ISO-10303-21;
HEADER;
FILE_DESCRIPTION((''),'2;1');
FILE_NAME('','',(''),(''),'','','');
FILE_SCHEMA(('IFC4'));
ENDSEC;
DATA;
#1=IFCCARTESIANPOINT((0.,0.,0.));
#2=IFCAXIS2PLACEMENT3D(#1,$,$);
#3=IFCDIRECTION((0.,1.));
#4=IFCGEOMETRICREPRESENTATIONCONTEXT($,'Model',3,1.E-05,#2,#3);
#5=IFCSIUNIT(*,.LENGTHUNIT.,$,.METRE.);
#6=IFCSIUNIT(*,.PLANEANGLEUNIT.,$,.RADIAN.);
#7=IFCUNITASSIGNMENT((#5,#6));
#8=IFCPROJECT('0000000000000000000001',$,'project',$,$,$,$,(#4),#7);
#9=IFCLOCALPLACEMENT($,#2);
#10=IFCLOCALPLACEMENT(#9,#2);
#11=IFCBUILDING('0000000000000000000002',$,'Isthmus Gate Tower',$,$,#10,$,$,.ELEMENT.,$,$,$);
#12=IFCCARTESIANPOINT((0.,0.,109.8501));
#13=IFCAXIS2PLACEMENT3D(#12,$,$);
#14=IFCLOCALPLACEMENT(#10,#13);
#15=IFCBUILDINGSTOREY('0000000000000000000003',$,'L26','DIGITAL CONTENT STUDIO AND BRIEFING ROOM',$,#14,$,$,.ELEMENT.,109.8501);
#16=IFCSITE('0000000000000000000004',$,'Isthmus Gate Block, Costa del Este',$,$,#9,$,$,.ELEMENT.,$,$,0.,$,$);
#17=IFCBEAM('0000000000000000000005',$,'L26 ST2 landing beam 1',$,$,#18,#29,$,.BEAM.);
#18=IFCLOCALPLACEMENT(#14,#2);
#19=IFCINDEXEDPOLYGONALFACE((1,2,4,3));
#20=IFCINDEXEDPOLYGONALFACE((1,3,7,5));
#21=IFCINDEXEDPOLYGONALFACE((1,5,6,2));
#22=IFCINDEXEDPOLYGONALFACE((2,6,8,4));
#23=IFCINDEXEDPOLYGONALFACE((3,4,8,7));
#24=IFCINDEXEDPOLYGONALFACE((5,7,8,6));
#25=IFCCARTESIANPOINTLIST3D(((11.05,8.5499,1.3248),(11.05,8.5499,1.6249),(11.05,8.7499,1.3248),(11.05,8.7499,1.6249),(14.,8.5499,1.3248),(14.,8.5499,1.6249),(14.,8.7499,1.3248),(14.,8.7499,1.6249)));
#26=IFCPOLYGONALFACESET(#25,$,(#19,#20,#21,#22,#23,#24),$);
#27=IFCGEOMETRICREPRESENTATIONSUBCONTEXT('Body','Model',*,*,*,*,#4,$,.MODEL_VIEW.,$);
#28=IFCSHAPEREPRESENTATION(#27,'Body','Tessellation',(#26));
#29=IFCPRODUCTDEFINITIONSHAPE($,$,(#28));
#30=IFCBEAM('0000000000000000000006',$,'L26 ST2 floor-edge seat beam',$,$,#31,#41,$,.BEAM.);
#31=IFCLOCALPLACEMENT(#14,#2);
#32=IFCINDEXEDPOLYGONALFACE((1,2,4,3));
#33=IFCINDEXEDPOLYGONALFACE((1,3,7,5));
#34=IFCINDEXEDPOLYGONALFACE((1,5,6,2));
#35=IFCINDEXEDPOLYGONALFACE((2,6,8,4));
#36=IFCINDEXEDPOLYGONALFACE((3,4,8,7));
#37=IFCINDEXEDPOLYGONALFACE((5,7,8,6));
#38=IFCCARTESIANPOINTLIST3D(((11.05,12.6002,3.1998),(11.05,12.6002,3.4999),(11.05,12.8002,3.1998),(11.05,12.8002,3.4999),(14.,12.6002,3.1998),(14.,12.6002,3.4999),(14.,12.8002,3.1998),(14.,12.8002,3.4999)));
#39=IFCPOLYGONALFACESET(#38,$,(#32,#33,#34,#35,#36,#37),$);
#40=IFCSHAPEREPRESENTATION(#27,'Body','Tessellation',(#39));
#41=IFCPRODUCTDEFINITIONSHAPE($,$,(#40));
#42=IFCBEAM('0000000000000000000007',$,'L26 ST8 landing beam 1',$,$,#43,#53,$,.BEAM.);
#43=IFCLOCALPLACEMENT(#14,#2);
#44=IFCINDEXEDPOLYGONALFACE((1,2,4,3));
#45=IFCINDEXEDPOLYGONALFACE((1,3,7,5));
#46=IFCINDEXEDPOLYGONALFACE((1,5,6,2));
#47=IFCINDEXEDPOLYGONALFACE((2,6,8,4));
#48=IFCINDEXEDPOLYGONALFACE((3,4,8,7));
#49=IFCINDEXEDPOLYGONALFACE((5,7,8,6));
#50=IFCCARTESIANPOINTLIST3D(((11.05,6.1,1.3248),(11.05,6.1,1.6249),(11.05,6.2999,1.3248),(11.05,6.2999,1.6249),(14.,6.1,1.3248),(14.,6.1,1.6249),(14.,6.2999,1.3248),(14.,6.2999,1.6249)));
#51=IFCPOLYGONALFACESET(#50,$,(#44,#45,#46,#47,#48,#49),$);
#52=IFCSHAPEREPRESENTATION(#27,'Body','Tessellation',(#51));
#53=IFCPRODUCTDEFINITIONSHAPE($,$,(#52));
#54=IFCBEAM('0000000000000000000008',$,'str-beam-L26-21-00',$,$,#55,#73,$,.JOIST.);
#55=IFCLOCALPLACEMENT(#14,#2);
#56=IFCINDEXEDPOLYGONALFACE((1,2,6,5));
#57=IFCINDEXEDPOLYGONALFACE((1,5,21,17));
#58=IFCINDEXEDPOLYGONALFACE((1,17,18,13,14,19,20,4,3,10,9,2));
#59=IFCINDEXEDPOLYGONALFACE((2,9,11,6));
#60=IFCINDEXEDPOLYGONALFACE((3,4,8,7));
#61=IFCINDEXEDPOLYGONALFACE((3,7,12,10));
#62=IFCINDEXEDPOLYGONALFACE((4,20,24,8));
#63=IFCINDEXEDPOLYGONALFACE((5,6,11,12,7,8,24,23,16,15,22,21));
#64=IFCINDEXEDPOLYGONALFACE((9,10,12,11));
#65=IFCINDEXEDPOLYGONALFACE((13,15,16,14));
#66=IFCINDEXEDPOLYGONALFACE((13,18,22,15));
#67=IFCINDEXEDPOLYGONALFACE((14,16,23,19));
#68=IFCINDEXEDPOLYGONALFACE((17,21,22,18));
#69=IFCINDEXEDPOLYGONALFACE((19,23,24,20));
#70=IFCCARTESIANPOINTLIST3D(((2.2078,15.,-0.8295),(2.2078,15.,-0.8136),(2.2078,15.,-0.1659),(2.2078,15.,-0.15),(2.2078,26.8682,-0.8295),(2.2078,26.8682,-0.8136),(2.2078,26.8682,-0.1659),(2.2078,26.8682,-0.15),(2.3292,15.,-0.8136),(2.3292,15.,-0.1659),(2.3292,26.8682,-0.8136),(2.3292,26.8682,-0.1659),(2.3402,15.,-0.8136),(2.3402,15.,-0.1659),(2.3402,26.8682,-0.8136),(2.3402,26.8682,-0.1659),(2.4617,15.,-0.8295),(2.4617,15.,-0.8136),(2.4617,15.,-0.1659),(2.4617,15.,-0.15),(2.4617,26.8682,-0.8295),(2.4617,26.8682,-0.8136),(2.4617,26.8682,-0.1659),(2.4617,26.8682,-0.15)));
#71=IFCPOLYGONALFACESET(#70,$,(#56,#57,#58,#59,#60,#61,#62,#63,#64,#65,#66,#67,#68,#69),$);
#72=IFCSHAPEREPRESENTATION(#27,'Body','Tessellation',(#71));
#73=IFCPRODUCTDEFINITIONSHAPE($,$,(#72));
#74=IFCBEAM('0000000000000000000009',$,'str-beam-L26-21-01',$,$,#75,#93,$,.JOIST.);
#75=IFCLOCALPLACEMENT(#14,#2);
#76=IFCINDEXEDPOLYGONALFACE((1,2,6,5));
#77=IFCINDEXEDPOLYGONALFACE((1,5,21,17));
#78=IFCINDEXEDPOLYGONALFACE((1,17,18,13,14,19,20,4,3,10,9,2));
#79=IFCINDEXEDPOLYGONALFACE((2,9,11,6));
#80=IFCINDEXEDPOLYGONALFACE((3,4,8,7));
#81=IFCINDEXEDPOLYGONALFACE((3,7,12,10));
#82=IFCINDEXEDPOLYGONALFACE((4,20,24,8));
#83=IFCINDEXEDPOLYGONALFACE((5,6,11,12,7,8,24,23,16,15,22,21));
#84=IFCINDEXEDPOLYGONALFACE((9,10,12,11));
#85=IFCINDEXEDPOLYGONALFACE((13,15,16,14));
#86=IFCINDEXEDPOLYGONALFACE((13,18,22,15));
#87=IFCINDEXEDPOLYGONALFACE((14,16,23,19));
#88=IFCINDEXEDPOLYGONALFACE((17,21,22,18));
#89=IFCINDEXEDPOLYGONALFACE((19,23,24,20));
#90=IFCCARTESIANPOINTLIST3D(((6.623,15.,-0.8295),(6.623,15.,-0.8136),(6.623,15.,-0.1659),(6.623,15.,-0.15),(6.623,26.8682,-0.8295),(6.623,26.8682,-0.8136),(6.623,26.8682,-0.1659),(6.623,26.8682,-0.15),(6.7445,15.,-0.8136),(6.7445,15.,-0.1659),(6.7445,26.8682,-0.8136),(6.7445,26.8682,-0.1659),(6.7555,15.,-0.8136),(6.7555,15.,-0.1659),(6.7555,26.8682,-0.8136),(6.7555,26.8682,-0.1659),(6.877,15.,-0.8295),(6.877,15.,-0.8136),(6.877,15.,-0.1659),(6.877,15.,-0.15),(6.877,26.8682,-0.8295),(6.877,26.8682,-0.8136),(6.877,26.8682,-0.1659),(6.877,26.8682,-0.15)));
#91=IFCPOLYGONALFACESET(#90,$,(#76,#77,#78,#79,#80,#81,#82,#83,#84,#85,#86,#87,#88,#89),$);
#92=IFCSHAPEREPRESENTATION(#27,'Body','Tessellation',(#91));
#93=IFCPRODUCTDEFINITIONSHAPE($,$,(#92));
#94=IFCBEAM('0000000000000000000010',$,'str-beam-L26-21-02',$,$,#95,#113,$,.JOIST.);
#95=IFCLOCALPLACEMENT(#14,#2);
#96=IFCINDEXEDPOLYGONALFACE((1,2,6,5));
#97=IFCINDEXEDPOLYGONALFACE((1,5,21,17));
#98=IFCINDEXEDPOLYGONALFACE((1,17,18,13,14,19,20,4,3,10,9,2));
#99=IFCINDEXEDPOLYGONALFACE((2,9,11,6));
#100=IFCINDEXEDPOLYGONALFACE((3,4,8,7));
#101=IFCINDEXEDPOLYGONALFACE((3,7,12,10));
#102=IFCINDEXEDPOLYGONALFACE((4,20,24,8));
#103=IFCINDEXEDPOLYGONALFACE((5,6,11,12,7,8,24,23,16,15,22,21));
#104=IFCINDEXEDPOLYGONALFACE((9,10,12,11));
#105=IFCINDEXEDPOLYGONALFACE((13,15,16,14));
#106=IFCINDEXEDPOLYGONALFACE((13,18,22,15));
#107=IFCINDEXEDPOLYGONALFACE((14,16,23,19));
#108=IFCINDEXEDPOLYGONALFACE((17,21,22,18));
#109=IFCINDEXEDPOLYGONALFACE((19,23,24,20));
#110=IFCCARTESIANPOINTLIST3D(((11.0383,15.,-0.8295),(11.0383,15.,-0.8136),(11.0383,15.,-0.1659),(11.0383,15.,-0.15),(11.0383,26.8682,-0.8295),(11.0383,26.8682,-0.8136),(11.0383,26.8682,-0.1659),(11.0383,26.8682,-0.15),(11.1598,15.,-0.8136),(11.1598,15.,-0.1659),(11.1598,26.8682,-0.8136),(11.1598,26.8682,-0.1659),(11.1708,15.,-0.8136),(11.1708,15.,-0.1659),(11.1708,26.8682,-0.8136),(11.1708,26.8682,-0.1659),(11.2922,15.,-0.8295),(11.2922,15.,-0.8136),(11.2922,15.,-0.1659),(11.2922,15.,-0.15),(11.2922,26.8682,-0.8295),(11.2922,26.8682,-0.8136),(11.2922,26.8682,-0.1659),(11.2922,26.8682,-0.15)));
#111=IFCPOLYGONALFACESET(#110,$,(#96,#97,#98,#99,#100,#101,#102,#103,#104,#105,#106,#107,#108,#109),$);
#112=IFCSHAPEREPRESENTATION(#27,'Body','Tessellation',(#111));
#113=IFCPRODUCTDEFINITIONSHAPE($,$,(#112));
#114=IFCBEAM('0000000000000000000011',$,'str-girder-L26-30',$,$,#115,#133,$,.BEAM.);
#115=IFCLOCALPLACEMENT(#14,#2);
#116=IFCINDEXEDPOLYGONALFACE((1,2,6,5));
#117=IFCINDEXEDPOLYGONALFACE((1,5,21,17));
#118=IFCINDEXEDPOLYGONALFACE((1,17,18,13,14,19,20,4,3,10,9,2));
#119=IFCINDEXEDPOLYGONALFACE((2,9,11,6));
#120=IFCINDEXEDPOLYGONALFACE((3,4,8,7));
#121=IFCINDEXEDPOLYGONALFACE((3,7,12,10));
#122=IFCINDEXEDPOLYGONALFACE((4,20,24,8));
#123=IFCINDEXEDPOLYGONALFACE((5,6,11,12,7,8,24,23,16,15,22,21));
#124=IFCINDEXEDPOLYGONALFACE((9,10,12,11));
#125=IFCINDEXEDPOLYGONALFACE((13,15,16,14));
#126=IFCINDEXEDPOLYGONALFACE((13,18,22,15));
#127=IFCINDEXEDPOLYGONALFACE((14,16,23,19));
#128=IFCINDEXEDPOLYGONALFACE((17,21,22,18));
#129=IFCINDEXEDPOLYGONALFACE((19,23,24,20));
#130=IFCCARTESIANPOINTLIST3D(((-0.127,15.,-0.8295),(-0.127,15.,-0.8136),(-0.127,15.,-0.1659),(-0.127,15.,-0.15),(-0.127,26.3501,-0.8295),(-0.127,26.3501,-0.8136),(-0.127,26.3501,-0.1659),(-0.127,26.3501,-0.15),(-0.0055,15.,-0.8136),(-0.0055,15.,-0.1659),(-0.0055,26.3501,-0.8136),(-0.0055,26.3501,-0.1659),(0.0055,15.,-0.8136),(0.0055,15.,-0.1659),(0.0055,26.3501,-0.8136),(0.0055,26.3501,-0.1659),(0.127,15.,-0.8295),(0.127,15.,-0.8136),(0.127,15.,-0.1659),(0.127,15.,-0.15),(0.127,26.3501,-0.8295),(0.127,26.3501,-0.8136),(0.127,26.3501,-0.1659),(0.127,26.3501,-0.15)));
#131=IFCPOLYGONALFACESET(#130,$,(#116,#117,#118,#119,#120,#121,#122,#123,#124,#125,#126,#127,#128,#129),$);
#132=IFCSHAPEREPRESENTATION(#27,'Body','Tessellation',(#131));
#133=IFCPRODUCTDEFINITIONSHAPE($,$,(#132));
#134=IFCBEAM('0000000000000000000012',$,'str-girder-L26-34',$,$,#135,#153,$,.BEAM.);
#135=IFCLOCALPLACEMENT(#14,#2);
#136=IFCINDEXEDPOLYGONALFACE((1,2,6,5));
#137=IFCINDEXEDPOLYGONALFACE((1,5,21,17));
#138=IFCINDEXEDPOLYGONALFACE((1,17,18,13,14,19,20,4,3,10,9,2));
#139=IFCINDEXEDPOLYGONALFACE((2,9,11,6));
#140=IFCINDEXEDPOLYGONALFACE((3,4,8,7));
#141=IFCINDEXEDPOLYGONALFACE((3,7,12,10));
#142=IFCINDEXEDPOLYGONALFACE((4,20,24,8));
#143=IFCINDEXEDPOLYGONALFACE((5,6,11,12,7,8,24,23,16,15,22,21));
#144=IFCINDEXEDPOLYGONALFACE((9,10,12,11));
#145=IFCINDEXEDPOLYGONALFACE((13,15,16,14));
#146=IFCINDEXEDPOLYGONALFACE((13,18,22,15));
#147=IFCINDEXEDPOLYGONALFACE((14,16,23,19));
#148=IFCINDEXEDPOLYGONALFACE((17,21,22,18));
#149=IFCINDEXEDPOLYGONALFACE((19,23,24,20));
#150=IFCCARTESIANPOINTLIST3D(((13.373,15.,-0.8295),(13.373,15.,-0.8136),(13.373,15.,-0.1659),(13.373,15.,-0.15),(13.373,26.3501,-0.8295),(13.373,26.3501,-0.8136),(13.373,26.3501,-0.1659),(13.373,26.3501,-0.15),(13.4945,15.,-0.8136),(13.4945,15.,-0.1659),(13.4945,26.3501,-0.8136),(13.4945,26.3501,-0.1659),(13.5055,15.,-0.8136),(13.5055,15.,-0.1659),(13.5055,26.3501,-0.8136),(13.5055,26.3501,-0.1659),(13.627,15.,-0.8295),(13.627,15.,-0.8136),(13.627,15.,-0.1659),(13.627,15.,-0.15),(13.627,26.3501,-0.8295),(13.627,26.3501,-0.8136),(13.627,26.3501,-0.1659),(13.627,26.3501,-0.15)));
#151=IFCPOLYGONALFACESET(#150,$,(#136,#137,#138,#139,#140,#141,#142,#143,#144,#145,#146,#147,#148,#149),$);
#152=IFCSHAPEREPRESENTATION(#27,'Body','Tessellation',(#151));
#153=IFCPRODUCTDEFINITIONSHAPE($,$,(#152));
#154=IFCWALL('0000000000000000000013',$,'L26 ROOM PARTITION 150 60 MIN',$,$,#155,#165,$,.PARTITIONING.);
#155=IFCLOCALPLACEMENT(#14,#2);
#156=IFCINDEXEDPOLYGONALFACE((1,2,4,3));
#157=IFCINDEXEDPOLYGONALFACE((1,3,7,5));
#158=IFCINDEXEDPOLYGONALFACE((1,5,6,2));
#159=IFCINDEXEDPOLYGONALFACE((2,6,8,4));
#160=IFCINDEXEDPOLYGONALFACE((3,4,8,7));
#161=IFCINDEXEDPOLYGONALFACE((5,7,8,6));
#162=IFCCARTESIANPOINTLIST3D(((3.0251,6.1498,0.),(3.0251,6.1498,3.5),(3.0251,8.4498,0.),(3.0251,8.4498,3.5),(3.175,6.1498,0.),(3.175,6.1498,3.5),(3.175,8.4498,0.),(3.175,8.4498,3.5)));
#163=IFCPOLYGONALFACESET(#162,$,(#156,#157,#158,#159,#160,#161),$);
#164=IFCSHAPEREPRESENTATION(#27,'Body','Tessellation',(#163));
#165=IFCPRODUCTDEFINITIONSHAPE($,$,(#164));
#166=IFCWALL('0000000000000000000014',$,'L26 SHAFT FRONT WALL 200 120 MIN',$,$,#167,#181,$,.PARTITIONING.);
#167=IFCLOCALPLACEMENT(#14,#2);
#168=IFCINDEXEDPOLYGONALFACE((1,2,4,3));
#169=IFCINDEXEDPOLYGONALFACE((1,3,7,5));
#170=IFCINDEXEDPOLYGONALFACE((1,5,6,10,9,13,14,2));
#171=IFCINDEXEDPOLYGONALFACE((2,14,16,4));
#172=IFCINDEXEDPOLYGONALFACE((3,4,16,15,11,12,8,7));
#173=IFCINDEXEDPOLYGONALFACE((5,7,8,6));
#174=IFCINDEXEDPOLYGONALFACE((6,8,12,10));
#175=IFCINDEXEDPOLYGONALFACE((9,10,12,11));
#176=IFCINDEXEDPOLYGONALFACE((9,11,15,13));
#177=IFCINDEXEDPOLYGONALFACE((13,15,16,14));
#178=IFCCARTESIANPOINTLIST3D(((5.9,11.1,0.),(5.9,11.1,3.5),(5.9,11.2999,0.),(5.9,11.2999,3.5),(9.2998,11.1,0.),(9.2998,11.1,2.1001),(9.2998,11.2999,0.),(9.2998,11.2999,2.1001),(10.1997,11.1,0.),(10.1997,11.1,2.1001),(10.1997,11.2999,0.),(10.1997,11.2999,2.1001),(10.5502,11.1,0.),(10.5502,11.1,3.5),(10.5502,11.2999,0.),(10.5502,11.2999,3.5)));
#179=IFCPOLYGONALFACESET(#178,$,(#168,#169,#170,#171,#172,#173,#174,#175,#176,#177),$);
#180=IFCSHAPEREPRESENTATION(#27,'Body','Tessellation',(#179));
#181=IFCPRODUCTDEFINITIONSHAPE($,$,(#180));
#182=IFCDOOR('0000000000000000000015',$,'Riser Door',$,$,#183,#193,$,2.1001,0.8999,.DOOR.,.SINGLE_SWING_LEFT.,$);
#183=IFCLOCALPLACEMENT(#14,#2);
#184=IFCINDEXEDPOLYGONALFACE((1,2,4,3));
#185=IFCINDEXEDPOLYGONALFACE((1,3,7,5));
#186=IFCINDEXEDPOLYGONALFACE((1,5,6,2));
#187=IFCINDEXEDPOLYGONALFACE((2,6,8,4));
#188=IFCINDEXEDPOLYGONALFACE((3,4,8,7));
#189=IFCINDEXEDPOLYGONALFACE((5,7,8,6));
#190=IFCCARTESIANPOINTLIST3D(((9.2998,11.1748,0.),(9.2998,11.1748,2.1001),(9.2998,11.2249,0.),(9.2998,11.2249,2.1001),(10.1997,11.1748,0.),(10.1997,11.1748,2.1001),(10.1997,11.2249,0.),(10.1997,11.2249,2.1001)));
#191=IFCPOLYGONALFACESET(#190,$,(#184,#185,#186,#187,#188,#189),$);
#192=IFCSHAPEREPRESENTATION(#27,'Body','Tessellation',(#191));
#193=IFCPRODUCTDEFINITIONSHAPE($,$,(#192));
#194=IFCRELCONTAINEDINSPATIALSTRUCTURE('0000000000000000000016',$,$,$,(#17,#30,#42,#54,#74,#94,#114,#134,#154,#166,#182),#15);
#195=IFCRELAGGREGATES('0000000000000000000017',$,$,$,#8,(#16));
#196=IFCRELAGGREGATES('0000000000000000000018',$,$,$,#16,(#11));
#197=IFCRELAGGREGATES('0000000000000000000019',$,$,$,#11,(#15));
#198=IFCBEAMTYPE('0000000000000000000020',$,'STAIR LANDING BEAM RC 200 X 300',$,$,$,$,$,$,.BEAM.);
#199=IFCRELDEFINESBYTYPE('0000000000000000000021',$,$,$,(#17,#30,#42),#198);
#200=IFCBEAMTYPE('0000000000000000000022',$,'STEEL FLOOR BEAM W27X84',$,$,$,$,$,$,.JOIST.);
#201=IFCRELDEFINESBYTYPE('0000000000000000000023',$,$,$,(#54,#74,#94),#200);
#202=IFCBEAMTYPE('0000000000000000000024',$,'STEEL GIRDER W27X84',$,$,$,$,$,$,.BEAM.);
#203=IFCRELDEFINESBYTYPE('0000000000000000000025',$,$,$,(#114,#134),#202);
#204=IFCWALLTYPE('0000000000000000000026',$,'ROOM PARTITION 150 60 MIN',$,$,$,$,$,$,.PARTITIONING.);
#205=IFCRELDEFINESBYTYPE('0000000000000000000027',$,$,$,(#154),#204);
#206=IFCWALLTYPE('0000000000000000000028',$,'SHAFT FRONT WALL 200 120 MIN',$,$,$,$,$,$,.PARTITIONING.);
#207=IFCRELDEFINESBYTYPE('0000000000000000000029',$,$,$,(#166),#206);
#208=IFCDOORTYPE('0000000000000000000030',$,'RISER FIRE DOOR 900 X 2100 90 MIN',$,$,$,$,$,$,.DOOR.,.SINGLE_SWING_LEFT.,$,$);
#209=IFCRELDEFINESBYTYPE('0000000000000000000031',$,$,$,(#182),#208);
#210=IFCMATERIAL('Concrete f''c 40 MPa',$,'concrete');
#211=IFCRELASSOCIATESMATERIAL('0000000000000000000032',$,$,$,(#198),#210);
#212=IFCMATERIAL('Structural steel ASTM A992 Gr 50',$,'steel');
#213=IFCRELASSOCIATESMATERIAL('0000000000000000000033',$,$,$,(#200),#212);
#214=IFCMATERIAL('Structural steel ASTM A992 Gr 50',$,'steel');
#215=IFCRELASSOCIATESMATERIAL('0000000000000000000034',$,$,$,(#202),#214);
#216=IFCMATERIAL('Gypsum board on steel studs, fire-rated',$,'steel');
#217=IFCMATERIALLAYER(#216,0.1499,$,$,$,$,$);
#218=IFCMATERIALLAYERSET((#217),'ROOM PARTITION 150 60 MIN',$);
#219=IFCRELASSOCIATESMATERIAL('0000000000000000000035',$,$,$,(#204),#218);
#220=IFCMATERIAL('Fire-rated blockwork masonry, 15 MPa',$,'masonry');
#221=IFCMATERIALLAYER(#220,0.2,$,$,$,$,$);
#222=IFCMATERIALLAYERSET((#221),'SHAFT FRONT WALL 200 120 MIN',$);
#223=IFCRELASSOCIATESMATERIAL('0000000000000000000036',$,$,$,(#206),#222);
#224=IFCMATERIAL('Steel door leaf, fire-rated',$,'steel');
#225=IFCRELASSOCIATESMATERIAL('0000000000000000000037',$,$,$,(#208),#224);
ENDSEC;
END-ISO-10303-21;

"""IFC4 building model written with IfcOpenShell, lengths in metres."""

from ifc_helpers import new_model, si_unit, direction, frame, frame_2d, origin, origin_2d, place, context, subcontext, project, spatial, rectangle, i_section, extrude, material, layer, layer_set, material_profile, profile_set, type_object, element, fill, save


model = new_model("IFC4")

# Units and contexts
model_context = context("Model", 3, precision=1e-05, world=origin(), true_north=direction((0.0, 1.0)))
body_context = subcontext(model_context, "Body", "Model", "MODEL_VIEW")
ifc_project = project(units=[si_unit("LENGTHUNIT", "METRE"), si_unit("PLANEANGLEUNIT", "RADIAN")], contexts=[model_context])

# Site, building, storey
site_placement = place(None, origin())
site = spatial("IfcSite", under=ifc_project, at=site_placement, Name="Isthmus Gate Block, Costa del Este", CompositionType="ELEMENT", RefElevation=0.0)
building_placement = place(site_placement, origin())
building = spatial("IfcBuilding", under=site, at=building_placement, Name="Isthmus Gate Tower", CompositionType="ELEMENT")
storey_placement = place(building_placement, frame((0.0, 0.0, 109.8501)))
storey = spatial("IfcBuildingStorey", under=building, at=storey_placement, Name="L26", Description="DIGITAL CONTENT STUDIO AND BRIEFING ROOM", CompositionType="ELEMENT", Elevation=109.8501)

# Beams
ifc_material_1 = material(Name="Concrete f'c 40 MPa", Category="concrete")
ifc_material_profile_1 = material_profile(ifc_material_1, rectangle(XDim=0.2, YDim=0.3, at=origin_2d()), Name="STAIR LANDING BEAM RC 200 X 300")
ifc_profile_set_1 = profile_set([ifc_material_profile_1], Name="Concrete f'c 40 MPa")
beam_type_1 = type_object("IfcBeamType", Name="STAIR LANDING BEAM RC 200 X 300", PredefinedType="BEAM", material=ifc_profile_set_1)
for number, where, z_axis, x_axis, name in (
    (1, (11.05, 8.6499, 1.4749), (1.0, 0.0, 0.0), (0.0, 1.0, 0.0), "L26 ST2 landing beam 1"),
    (2, (11.05, 12.7002, 3.3499), (1.0, 0.0, 0.0), (0.0, 1.0, 0.0), "L26 ST2 floor-edge seat beam"),
    (3, (11.05, 6.2, 1.4749), (1.0, 0.0, 0.0), (0.0, 1.0, 0.0), "L26 ST8 landing beam 1"),
):
    element("IfcBeam", number, at=place(storey_placement, frame(where, z_axis=z_axis, x_axis=x_axis)), inside=storey, type_object=beam_type_1, Name=name, PredefinedType="BEAM", context=body_context, shape_type="SweptSolid", body=[
        extrude(rectangle(XDim=0.2, YDim=0.3, at=origin_2d()), origin(), (0.0, 0.0, 1.0), 2.95),
    ])
ifc_material_2 = material(Name="Structural steel ASTM A992 Gr 50", Category="steel")
ifc_material_profile_2 = material_profile(ifc_material_2, i_section(OverallWidth=0.2539, OverallDepth=0.6794, WebThickness=0.011, FlangeThickness=0.0159, at=origin_2d()), Name="W27X84")
ifc_profile_set_2 = profile_set([ifc_material_profile_2], Name="Structural steel ASTM A992 Gr 50")
beam_type_2 = type_object("IfcBeamType", Name="STEEL FLOOR BEAM W27X84", PredefinedType="JOIST", material=ifc_profile_set_2)
for number, where, z_axis, x_axis, name in (
    (4, (2.3347, 15.0, -0.4897), (0.0, 1.0, 0.0), (-1.0, 0.0, 0.0), "str-beam-L26-21-00"),
    (5, (6.75, 15.0, -0.4897), (0.0, 1.0, 0.0), (-1.0, 0.0, 0.0), "str-beam-L26-21-01"),
    (6, (11.1653, 15.0, -0.4897), (0.0, 1.0, 0.0), (-1.0, 0.0, 0.0), "str-beam-L26-21-02"),
):
    element("IfcBeam", number, at=place(storey_placement, frame(where, z_axis=z_axis, x_axis=x_axis)), inside=storey, type_object=beam_type_2, Name=name, PredefinedType="JOIST", context=body_context, shape_type="SweptSolid", body=[
        extrude(i_section(OverallWidth=0.2539, OverallDepth=0.6794, WebThickness=0.011, FlangeThickness=0.0159, at=origin_2d()), origin(), (0.0, 0.0, 1.0), 11.8682),
    ])
ifc_material_3 = material(Name="Structural steel ASTM A992 Gr 50", Category="steel")
ifc_material_profile_3 = material_profile(ifc_material_3, i_section(OverallWidth=0.2539, OverallDepth=0.6794, WebThickness=0.011, FlangeThickness=0.0159, at=origin_2d()), Name="W27X84")
ifc_profile_set_3 = profile_set([ifc_material_profile_3], Name="Structural steel ASTM A992 Gr 50")
beam_type_3 = type_object("IfcBeamType", Name="STEEL GIRDER W27X84", PredefinedType="BEAM", material=ifc_profile_set_3)
for number, where, z_axis, x_axis, name in (
    (7, (0.0, 15.0, -0.4897), (0.0, 1.0, 0.0), (-1.0, 0.0, 0.0), "str-girder-L26-30"),
    (8, (13.5, 15.0, -0.4897), (0.0, 1.0, 0.0), (-1.0, 0.0, 0.0), "str-girder-L26-34"),
):
    element("IfcBeam", number, at=place(storey_placement, frame(where, z_axis=z_axis, x_axis=x_axis)), inside=storey, type_object=beam_type_3, Name=name, PredefinedType="BEAM", context=body_context, shape_type="SweptSolid", body=[
        extrude(i_section(OverallWidth=0.2539, OverallDepth=0.6794, WebThickness=0.011, FlangeThickness=0.0159, at=origin_2d()), origin(), (0.0, 0.0, 1.0), 11.3501),
    ])

# Wall
ifc_material_4 = material(Name="Gypsum board on steel studs, fire-rated", Category="steel")
ifc_layer_1 = layer(ifc_material_4, 0.1499)
ifc_layer_set_1 = layer_set([ifc_layer_1], Name="ROOM PARTITION 150 60 MIN")
wall_type_1 = type_object("IfcWallType", Name="ROOM PARTITION 150 60 MIN", PredefinedType="PARTITIONING", material=ifc_layer_set_1)
wall_1_placement = place(storey_placement, frame((3.1001, 6.1499, 0.0), z_axis=(0.0, 0.0, 1.0), x_axis=(0.0, 1.0, 0.0)))
element("IfcWall", 9, at=wall_1_placement, inside=storey, type_object=wall_type_1, Name="L26 ROOM PARTITION 150 60 MIN", PredefinedType="PARTITIONING", context=body_context, shape_type="SweptSolid", body=[
    extrude(rectangle(XDim=2.3, YDim=0.1499, at=frame_2d((1.1499, 0.0))), origin(), (0.0, 0.0, 1.0), 3.5),
])

# Wall, opening, door
ifc_material_5 = material(Name="Fire-rated blockwork masonry, 15 MPa", Category="masonry")
ifc_layer_2 = layer(ifc_material_5, 0.2)
ifc_layer_set_2 = layer_set([ifc_layer_2], Name="SHAFT FRONT WALL 200 120 MIN")
wall_type_2 = type_object("IfcWallType", Name="SHAFT FRONT WALL 200 120 MIN", PredefinedType="PARTITIONING", material=ifc_layer_set_2)
wall_2_placement = place(storey_placement, frame((5.8999, 11.2, 0.0), z_axis=(0.0, 0.0, 1.0), x_axis=(1.0, 0.0, 0.0)))
wall_2 = element("IfcWall", 10, at=wall_2_placement, inside=storey, type_object=wall_type_2, Name="L26 SHAFT FRONT WALL 200 120 MIN", PredefinedType="PARTITIONING", context=body_context, shape_type="SweptSolid", body=[
    extrude(rectangle(XDim=4.6501, YDim=0.2, at=frame_2d((2.3252, 0.0))), origin(), (0.0, 0.0, 1.0), 3.5),
])
opening_placement = place(wall_2_placement, frame((3.3999, 0.0, 0.0)))
opening = element("IfcOpeningElement", 11, at=opening_placement, cuts=wall_2, PredefinedType="OPENING", context=body_context, shape_type="SweptSolid", body=[
    extrude(rectangle(XDim=0.8999, YDim=2.1001, at=frame_2d((0.45, 1.05))), frame((0.0, 0.1099, 0.0), z_axis=(0.0, -1.0, 0.0), x_axis=(1.0, 0.0, 0.0)), (0.0, 0.0, 1.0), 0.22),
])
ifc_material_6 = material(Name="Steel door leaf, fire-rated", Category="steel")
door_type = type_object("IfcDoorType", Name="RISER FIRE DOOR 900 X 2100 90 MIN", OperationType="SINGLE_SWING_LEFT", PredefinedType="DOOR", material=ifc_material_6)
door_placement = place(opening_placement, origin())
door = element("IfcDoor", 12, at=door_placement, inside=storey, type_object=door_type, Name="Riser Door", OperationType="SINGLE_SWING_LEFT", OverallHeight=2.1001, OverallWidth=0.8999, PredefinedType="DOOR", context=body_context, shape_type="SweptSolid", body=[
    extrude(rectangle(XDim=0.8999, YDim=2.1001, at=frame_2d((0.45, 1.05))), frame((0.0, 0.0249, 0.0), z_axis=(0.0, -1.0, 0.0), x_axis=(1.0, 0.0, 0.0)), (0.0, 0.0, 1.0), 0.05),
])
fill(opening, door)

save(model, "model.ifc")
